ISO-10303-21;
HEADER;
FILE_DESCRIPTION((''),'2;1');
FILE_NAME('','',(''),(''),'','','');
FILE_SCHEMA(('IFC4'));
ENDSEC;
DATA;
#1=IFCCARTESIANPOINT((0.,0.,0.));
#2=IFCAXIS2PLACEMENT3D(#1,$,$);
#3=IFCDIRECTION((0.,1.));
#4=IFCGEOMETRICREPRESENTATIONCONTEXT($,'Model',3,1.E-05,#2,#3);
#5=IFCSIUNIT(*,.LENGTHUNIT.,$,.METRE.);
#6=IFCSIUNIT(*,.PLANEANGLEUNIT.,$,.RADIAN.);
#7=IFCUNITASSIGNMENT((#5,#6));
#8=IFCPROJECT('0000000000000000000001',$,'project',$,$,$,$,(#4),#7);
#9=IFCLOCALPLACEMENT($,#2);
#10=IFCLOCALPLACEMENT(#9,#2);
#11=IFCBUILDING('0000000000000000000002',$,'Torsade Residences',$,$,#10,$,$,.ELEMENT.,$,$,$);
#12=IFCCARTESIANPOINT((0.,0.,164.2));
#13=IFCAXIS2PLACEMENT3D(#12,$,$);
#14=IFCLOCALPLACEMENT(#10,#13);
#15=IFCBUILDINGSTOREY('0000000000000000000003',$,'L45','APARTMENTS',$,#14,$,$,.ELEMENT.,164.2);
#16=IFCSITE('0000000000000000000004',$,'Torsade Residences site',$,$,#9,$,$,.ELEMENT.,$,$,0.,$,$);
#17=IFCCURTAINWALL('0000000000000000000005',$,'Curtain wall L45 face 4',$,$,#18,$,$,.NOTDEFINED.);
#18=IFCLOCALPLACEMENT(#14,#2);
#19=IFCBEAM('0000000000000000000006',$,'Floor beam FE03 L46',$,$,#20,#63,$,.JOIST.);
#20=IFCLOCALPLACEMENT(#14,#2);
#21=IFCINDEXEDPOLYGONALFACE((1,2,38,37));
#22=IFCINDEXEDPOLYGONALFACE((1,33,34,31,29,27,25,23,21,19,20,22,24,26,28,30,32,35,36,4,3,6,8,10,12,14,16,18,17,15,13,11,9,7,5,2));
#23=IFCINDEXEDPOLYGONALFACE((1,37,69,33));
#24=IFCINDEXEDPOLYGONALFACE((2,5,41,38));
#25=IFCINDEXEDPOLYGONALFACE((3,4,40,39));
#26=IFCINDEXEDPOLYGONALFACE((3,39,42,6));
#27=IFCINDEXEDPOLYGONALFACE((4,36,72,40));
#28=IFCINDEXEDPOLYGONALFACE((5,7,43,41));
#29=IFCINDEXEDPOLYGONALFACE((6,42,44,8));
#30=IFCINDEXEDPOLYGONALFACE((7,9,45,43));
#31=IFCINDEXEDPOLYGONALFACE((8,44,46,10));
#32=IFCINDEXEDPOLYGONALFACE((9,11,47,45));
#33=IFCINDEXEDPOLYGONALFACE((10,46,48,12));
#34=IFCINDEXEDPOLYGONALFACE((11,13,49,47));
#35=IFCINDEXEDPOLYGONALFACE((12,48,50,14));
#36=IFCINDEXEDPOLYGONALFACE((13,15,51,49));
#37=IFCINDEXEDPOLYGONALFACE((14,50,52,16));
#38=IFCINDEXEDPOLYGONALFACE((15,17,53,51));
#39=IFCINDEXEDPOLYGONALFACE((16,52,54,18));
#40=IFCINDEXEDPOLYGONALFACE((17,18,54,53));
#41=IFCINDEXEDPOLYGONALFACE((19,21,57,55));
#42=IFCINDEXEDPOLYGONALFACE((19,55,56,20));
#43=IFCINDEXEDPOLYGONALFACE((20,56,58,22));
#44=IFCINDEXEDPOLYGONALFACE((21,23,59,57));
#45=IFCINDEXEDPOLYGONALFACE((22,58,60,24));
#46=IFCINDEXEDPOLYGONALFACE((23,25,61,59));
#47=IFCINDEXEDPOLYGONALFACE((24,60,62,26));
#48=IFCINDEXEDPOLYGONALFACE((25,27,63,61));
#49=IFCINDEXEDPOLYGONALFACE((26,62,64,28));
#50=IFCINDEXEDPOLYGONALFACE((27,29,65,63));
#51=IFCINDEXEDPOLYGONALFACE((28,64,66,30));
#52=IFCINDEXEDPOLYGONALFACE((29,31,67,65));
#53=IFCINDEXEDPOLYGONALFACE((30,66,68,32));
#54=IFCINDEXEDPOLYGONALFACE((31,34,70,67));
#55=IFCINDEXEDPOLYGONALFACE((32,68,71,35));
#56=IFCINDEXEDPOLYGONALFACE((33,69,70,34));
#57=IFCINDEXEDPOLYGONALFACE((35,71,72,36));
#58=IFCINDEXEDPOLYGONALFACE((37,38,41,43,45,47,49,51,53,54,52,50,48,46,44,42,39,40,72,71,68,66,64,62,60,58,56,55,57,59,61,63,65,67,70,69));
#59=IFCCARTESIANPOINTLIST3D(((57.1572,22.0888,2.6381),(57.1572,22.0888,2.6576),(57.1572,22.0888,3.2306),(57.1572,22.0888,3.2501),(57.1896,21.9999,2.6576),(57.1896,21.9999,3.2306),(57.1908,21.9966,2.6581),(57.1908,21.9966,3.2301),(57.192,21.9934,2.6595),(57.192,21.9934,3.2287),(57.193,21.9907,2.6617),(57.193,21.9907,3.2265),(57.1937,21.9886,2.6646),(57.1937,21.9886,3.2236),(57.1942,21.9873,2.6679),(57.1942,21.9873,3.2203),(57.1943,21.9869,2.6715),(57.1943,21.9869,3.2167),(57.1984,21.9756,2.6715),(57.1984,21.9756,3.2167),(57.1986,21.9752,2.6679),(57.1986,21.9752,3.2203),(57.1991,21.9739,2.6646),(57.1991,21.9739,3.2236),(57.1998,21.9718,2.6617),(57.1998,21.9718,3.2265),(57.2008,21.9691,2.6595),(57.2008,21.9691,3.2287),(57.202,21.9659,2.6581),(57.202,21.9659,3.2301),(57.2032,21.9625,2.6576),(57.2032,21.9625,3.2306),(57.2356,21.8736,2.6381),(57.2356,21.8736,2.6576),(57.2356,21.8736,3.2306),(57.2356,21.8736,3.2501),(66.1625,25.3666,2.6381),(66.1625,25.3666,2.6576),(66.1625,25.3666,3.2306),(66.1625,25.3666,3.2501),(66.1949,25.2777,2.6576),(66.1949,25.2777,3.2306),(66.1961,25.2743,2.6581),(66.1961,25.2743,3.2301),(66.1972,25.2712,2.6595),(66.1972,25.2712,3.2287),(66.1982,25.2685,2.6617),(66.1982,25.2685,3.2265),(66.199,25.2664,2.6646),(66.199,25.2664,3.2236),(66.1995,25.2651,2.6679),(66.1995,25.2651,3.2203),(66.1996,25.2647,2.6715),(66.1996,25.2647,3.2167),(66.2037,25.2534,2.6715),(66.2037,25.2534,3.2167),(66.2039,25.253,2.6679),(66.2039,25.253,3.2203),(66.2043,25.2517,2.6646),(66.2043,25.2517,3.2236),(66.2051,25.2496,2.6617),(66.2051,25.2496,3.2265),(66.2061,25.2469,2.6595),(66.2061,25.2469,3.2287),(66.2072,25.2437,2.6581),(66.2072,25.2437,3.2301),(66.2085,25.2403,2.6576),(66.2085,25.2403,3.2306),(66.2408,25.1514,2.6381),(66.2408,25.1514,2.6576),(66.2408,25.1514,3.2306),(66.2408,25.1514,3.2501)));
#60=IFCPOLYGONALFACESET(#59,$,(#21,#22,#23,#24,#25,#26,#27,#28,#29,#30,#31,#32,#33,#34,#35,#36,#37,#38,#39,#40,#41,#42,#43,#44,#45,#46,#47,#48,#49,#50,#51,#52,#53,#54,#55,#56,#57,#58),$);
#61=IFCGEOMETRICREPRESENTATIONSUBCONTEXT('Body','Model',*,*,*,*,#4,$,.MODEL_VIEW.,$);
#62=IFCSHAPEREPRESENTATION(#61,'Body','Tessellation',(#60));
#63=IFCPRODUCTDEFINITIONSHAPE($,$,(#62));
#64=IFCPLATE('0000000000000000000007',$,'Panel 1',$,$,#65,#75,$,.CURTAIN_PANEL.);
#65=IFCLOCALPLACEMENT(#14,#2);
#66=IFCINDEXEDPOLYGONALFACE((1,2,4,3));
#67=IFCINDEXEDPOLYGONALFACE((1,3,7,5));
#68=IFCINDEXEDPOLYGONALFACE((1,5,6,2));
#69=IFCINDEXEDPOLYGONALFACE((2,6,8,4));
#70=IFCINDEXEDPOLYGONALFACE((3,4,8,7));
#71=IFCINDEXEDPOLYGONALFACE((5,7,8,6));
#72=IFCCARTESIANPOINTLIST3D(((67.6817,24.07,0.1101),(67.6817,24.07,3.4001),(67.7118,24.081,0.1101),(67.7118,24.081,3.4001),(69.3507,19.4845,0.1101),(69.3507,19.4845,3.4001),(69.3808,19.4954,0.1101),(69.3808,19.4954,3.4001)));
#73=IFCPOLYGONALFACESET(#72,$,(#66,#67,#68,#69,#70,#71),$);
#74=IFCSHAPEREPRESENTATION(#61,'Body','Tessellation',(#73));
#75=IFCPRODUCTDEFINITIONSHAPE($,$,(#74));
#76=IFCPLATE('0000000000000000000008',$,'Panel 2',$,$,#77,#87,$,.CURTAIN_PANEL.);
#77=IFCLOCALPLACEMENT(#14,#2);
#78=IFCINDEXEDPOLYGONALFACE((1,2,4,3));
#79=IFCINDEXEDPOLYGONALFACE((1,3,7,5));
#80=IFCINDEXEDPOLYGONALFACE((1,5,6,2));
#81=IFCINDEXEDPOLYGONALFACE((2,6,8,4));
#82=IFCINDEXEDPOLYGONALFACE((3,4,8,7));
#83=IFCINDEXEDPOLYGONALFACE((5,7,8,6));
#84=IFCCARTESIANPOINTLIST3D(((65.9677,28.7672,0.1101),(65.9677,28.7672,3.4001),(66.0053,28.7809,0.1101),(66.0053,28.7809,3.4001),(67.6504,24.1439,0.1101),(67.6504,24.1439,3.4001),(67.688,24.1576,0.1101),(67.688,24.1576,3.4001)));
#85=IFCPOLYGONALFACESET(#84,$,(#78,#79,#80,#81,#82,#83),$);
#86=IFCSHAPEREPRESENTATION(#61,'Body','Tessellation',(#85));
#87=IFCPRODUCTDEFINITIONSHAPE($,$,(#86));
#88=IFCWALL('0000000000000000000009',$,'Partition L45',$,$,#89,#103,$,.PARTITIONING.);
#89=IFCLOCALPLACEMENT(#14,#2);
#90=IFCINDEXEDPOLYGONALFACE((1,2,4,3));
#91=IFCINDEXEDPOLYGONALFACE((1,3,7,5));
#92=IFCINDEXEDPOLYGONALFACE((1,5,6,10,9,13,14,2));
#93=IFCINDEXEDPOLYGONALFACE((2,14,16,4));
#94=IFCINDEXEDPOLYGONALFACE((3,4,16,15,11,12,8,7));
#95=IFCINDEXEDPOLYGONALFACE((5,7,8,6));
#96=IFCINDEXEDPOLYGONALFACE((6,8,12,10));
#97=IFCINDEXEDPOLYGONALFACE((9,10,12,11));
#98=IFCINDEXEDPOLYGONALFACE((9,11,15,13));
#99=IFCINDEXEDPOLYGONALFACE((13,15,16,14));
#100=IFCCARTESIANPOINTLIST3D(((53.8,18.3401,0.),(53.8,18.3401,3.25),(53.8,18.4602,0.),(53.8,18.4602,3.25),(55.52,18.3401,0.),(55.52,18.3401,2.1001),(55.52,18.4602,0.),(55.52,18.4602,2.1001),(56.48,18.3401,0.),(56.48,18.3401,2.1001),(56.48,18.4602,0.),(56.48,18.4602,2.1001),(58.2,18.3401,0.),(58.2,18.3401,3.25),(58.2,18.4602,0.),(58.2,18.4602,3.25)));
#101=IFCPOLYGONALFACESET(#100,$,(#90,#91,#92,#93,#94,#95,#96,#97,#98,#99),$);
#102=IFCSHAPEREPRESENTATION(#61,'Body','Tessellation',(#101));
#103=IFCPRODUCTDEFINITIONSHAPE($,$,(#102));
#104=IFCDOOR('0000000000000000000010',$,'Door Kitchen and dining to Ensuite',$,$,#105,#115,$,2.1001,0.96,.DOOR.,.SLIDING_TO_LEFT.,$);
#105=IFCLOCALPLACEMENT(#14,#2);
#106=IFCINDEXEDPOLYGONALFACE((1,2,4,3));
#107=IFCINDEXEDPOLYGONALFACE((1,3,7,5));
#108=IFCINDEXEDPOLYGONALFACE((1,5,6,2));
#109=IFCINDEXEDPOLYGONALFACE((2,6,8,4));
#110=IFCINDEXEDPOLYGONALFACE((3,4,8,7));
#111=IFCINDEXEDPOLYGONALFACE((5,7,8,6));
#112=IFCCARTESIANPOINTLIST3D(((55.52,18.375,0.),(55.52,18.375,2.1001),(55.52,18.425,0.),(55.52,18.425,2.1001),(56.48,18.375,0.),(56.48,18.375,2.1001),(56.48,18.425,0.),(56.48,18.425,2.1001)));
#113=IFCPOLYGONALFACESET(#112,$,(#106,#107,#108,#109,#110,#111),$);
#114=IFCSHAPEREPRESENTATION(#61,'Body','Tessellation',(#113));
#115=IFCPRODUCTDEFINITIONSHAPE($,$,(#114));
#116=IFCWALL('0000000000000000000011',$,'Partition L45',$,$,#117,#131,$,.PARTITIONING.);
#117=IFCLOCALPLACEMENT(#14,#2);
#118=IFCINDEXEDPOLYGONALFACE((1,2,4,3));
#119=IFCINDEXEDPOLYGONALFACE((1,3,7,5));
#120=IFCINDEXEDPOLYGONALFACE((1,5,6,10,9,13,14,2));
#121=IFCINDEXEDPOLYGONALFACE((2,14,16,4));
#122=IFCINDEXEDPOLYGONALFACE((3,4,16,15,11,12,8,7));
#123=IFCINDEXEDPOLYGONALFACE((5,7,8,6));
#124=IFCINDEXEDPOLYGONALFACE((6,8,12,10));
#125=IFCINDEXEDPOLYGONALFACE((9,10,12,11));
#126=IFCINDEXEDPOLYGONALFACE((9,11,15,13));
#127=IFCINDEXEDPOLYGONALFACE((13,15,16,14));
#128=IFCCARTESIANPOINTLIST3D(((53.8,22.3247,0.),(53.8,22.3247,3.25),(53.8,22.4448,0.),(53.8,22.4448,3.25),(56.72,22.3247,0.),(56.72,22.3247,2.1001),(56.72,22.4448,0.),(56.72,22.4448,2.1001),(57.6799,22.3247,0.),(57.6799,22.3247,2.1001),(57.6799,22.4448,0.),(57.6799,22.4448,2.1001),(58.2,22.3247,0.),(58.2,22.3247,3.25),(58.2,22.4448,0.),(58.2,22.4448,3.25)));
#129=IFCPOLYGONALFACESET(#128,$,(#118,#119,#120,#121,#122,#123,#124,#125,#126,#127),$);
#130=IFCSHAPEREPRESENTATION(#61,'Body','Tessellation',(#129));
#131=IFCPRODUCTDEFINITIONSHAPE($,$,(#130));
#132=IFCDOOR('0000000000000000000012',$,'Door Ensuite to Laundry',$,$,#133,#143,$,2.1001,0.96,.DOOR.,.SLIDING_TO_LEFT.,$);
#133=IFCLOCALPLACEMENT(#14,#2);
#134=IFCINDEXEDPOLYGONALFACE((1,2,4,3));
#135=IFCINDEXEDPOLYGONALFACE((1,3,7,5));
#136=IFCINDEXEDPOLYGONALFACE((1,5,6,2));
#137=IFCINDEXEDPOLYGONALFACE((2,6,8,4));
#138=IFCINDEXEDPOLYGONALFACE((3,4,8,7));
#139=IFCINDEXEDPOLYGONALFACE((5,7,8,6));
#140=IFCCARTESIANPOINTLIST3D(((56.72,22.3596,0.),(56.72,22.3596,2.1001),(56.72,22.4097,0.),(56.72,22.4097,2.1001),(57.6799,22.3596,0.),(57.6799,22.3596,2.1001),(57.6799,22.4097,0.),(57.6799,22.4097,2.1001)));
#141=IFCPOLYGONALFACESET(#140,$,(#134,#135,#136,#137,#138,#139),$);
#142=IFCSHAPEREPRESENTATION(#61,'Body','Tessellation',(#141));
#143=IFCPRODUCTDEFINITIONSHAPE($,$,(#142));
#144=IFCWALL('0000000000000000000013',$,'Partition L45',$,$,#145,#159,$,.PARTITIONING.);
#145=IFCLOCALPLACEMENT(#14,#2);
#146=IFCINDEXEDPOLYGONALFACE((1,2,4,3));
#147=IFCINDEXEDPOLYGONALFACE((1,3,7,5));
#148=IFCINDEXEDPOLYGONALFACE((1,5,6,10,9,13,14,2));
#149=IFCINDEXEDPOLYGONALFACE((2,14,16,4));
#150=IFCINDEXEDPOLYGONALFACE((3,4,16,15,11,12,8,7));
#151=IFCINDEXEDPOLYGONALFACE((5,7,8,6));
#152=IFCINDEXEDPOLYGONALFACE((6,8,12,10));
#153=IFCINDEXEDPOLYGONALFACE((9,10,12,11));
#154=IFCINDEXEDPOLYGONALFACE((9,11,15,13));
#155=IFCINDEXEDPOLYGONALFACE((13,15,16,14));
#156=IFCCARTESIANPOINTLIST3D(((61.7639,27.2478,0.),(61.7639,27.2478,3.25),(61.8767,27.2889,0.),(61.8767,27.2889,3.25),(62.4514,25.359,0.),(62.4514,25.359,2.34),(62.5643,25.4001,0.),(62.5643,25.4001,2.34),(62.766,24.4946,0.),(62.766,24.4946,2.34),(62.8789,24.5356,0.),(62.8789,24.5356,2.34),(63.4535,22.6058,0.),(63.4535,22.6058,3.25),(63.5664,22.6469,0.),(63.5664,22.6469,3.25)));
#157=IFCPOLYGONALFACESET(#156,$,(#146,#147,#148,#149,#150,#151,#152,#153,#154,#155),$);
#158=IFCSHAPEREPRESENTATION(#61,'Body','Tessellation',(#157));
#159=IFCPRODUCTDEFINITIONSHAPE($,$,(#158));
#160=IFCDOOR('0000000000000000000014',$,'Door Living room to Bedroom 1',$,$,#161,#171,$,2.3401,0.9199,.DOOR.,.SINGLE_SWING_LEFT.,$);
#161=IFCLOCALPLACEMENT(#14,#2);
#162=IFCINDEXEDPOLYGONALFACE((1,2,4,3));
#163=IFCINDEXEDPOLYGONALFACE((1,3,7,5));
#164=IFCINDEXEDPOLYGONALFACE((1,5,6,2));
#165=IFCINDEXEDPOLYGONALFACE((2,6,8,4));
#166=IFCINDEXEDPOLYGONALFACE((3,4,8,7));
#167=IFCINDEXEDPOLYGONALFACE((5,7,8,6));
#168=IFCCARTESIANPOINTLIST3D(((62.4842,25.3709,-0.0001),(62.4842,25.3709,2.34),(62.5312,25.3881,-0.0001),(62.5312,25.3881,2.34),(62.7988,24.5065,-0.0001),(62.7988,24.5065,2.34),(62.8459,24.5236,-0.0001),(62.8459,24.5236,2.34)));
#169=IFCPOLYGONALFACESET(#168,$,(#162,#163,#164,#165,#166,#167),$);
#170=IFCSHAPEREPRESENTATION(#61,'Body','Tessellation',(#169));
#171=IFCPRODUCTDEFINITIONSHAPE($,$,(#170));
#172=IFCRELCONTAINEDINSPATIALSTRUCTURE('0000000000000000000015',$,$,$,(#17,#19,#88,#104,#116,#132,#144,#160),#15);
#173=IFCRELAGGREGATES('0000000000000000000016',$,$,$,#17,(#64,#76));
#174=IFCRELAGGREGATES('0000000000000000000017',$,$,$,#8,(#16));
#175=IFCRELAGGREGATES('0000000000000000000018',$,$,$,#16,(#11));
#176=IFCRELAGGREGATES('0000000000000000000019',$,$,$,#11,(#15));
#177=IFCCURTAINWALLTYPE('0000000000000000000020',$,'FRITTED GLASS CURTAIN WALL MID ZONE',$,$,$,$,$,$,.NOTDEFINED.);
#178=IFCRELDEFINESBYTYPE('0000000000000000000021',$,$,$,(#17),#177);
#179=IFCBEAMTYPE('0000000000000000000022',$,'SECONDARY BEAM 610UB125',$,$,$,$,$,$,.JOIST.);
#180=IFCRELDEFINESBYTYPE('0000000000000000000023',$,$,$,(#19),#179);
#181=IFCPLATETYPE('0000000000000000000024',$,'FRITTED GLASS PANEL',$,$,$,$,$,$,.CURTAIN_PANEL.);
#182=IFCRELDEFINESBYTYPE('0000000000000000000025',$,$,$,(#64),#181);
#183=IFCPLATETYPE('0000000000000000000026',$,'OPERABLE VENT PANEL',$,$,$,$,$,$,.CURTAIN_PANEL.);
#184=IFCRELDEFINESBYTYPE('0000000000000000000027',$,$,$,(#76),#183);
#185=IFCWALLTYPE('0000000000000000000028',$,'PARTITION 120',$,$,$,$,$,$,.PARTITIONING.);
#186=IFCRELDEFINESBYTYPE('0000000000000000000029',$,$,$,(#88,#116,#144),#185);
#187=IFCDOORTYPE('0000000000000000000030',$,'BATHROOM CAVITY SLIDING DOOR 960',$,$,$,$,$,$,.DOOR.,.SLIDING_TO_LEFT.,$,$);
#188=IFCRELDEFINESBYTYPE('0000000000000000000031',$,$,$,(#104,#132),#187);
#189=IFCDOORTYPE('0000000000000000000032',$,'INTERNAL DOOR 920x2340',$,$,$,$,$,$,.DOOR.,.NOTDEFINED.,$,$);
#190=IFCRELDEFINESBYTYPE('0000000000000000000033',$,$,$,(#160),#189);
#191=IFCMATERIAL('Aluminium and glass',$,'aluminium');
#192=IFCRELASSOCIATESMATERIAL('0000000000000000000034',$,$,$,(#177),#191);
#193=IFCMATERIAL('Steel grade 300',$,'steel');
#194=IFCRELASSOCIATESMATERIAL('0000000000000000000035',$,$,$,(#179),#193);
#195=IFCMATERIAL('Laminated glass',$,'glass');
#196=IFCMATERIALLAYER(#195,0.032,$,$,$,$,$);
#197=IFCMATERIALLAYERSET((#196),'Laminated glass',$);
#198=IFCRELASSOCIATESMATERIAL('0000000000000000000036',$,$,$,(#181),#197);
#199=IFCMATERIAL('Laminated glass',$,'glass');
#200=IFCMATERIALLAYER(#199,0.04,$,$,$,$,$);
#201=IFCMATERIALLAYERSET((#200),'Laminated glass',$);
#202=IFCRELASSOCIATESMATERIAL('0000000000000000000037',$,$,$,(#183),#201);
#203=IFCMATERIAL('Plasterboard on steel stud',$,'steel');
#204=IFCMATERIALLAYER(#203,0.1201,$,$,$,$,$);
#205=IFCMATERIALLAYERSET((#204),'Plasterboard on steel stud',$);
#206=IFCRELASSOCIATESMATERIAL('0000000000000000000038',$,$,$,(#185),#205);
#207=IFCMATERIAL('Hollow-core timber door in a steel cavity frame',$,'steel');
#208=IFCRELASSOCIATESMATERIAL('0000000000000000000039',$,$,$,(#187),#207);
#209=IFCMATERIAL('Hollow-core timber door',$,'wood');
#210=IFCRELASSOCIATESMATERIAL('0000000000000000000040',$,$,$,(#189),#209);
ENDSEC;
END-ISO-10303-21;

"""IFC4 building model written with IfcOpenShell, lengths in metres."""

from ifc_helpers import new_model, si_unit, direction, frame, frame_2d, origin, origin_2d, place, context, subcontext, project, spatial, rectangle, i_section, extrude, material, layer, layer_set, material_profile, profile_set, type_object, element, fill, aggregate, save


model = new_model("IFC4")

# Units and contexts
model_context = context("Model", 3, precision=1e-05, world=origin(), true_north=direction((0.0, 1.0)))
body_context = subcontext(model_context, "Body", "Model", "MODEL_VIEW")
ifc_project = project(units=[si_unit("LENGTHUNIT", "METRE"), si_unit("PLANEANGLEUNIT", "RADIAN")], contexts=[model_context])

# Site, building, storey
site_placement = place(None, origin())
site = spatial("IfcSite", under=ifc_project, at=site_placement, Name="Torsade Residences site", CompositionType="ELEMENT", RefElevation=0.0)
building_placement = place(site_placement, origin())
building = spatial("IfcBuilding", under=site, at=building_placement, Name="Torsade Residences", CompositionType="ELEMENT")
storey_placement = place(building_placement, frame((0.0, 0.0, 164.2)))
storey = spatial("IfcBuildingStorey", under=building, at=storey_placement, Name="L45", Description="APARTMENTS", CompositionType="ELEMENT", Elevation=164.2)

# Curtain wall
ifc_material_1 = material(Name="Aluminium and glass", Category="aluminium")
curtain_wall_type = type_object("IfcCurtainWallType", Name="FRITTED GLASS CURTAIN WALL MID ZONE", PredefinedType="NOTDEFINED", material=ifc_material_1)
curtain_wall_placement = place(storey_placement, origin())
curtain_wall = element("IfcCurtainWall", 1, at=curtain_wall_placement, inside=storey, type_object=curtain_wall_type, Name="Curtain wall L45 face 4", PredefinedType="NOTDEFINED")

# Beam
ifc_material_2 = material(Name="Steel grade 300", Category="steel")
ifc_material_profile_1 = material_profile(ifc_material_2, i_section(OverallWidth=0.229, OverallDepth=0.6121, WebThickness=0.012, FlangeThickness=0.0195, FilletRadius=0.0139, at=origin_2d()), Name="610UB125")
ifc_profile_set_1 = profile_set([ifc_material_profile_1], Name="Steel grade 300")
beam_type_1 = type_object("IfcBeamType", Name="SECONDARY BEAM 610UB125", PredefinedType="JOIST", material=ifc_profile_set_1)
beam_1_placement = place(storey_placement, frame((66.2017, 25.259, 2.9441), z_axis=(-0.939688, -0.342034, 0.0), x_axis=(0.342034, -0.939688, 0.0)))
element("IfcBeam", 2, at=beam_1_placement, inside=storey, type_object=beam_type_1, Name="Floor beam FE03 L46", PredefinedType="JOIST", context=body_context, shape_type="SweptSolid", body=[
    extrude(i_section(OverallWidth=0.229, OverallDepth=0.6121, WebThickness=0.012, FlangeThickness=0.0195, FilletRadius=0.0139, at=origin_2d()), origin(), (0.0, 0.0, 1.0), 9.5833),
])

# Plates
ifc_material_3 = material(Name="Laminated glass", Category="glass")
ifc_layer_1 = layer(ifc_material_3, 0.032)
ifc_layer_set_1 = layer_set([ifc_layer_1], Name="Laminated glass")
plate_type_1 = type_object("IfcPlateType", Name="FRITTED GLASS PANEL", PredefinedType="CURTAIN_PANEL", material=ifc_layer_set_1)
plate_1_placement = place(storey_placement, frame((68.5312, 21.7827, 0.1101), z_axis=(0.0, 0.0, 1.0), x_axis=(-0.34202, 0.939693, 0.0)))
plate_1 = element("IfcPlate", 3, at=plate_1_placement, type_object=plate_type_1, Name="Panel 1", PredefinedType="CURTAIN_PANEL", context=body_context, shape_type="SweptSolid", body=[
    extrude(rectangle(XDim=4.8799, YDim=0.032, at=origin_2d()), origin(), (0.0, 0.0, 1.0), 3.29),
])
ifc_material_4 = material(Name="Laminated glass", Category="glass")
ifc_layer_2 = layer(ifc_material_4, 0.04)
ifc_layer_set_2 = layer_set([ifc_layer_2], Name="Laminated glass")
plate_type_2 = type_object("IfcPlateType", Name="OPERABLE VENT PANEL", PredefinedType="CURTAIN_PANEL", material=ifc_layer_set_2)
plate_2_placement = place(storey_placement, frame((66.8279, 26.4624, 0.1101), z_axis=(0.0, 0.0, 1.0), x_axis=(-0.34202, 0.939693, 0.0)))
plate_2 = element("IfcPlate", 4, at=plate_2_placement, type_object=plate_type_2, Name="Panel 2", PredefinedType="CURTAIN_PANEL", context=body_context, shape_type="SweptSolid", body=[
    extrude(rectangle(XDim=4.9199, YDim=0.04, at=origin_2d()), origin(), (0.0, 0.0, 1.0), 3.29),
])
aggregate(curtain_wall, [plate_1, plate_2])

# Walls, openings, doors
ifc_material_5 = material(Name="Plasterboard on steel stud", Category="steel")
ifc_layer_3 = layer(ifc_material_5, 0.1201)
ifc_layer_set_3 = layer_set([ifc_layer_3], Name="Plasterboard on steel stud")
wall_type_1 = type_object("IfcWallType", Name="PARTITION 120", PredefinedType="PARTITIONING", material=ifc_layer_set_3)
wall_1_placement = place(storey_placement, frame((53.8, 18.4001, 0.0), z_axis=(0.0, 0.0, 1.0), x_axis=(1.0, 0.0, 0.0)))
wall_1 = element("IfcWall", 5, at=wall_1_placement, inside=storey, type_object=wall_type_1, Name="Partition L45", PredefinedType="PARTITIONING", context=body_context, shape_type="SweptSolid", body=[
    extrude(rectangle(XDim=4.3999, YDim=0.1201, at=frame_2d((2.2, 0.0))), origin(), (0.0, 0.0, 1.0), 3.25),
])
opening_1_placement = place(wall_1_placement, frame((1.72, 0.0, 0.0)))
opening_1 = element("IfcOpeningElement", 6, at=opening_1_placement, cuts=wall_1, PredefinedType="OPENING", context=body_context, shape_type="SweptSolid", body=[
    extrude(rectangle(XDim=0.96, YDim=2.1001, at=frame_2d((0.48, 1.05))), frame((0.0, 0.0701, 0.0), z_axis=(0.0, -1.0, 0.0), x_axis=(1.0, 0.0, 0.0)), (0.0, 0.0, 1.0), 0.1401),
])
ifc_material_6 = material(Name="Hollow-core timber door in a steel cavity frame", Category="steel")
door_type_1 = type_object("IfcDoorType", Name="BATHROOM CAVITY SLIDING DOOR 960", OperationType="SLIDING_TO_LEFT", PredefinedType="DOOR", material=ifc_material_6)
door_1_placement = place(opening_1_placement, origin())
door_1 = element("IfcDoor", 7, at=door_1_placement, inside=storey, type_object=door_type_1, Name="Door Kitchen and dining to Ensuite", OperationType="SLIDING_TO_LEFT", OverallHeight=2.1001, OverallWidth=0.96, PredefinedType="DOOR", context=body_context, shape_type="SweptSolid", body=[
    extrude(rectangle(XDim=0.96, YDim=2.1001, at=frame_2d((0.48, 1.05))), frame((0.0, 0.0249, 0.0), z_axis=(0.0, -1.0, 0.0), x_axis=(1.0, 0.0, 0.0)), (0.0, 0.0, 1.0), 0.05),
])
fill(opening_1, door_1)
wall_2_placement = place(storey_placement, frame((53.8, 22.3848, 0.0), z_axis=(0.0, 0.0, 1.0), x_axis=(1.0, 0.0, 0.0)))
wall_2 = element("IfcWall", 8, at=wall_2_placement, inside=storey, type_object=wall_type_1, Name="Partition L45", PredefinedType="PARTITIONING", context=body_context, shape_type="SweptSolid", body=[
    extrude(rectangle(XDim=4.3999, YDim=0.1201, at=frame_2d((2.2, 0.0))), origin(), (0.0, 0.0, 1.0), 3.25),
])
opening_2_placement = place(wall_2_placement, frame((2.9199, 0.0, 0.0)))
opening_2 = element("IfcOpeningElement", 9, at=opening_2_placement, cuts=wall_2, PredefinedType="OPENING", context=body_context, shape_type="SweptSolid", body=[
    extrude(rectangle(XDim=0.96, YDim=2.1001, at=frame_2d((0.48, 1.05))), frame((0.0, 0.0701, 0.0), z_axis=(0.0, -1.0, 0.0), x_axis=(1.0, 0.0, 0.0)), (0.0, 0.0, 1.0), 0.1401),
])
door_2_placement = place(opening_2_placement, origin())
door_2 = element("IfcDoor", 10, at=door_2_placement, inside=storey, type_object=door_type_1, Name="Door Ensuite to Laundry", OperationType="SLIDING_TO_LEFT", OverallHeight=2.1001, OverallWidth=0.96, PredefinedType="DOOR", context=body_context, shape_type="SweptSolid", body=[
    extrude(rectangle(XDim=0.96, YDim=2.1001, at=frame_2d((0.48, 1.05))), frame((0.0, 0.0249, 0.0), z_axis=(0.0, -1.0, 0.0), x_axis=(1.0, 0.0, 0.0)), (0.0, 0.0, 1.0), 0.05),
])
fill(opening_2, door_2)
wall_3_placement = place(storey_placement, frame((61.8203, 27.2683, 0.0), z_axis=(0.0, 0.0, 1.0), x_axis=(0.342041, -0.939685, 0.0)))
wall_3 = element("IfcWall", 11, at=wall_3_placement, inside=storey, type_object=wall_type_1, Name="Partition L45", PredefinedType="PARTITIONING", context=body_context, shape_type="SweptSolid", body=[
    extrude(rectangle(XDim=4.9399, YDim=0.1201, at=frame_2d((2.47, 0.0))), origin(), (0.0, 0.0, 1.0), 3.25),
])
opening_3_placement = place(wall_3_placement, frame((2.01, 0.0, 0.0)))
opening_3 = element("IfcOpeningElement", 12, at=opening_3_placement, cuts=wall_3, PredefinedType="OPENING", context=body_context, shape_type="SweptSolid", body=[
    extrude(rectangle(XDim=0.9199, YDim=2.3401, at=frame_2d((0.46, 1.1699))), frame((0.0, 0.0701, 0.0), z_axis=(0.0, -1.0, 0.0), x_axis=(1.0, 0.0, 0.0)), (0.0, 0.0, 1.0), 0.1401),
])
ifc_material_7 = material(Name="Hollow-core timber door", Category="wood")
door_type_2 = type_object("IfcDoorType", Name="INTERNAL DOOR 920x2340", OperationType="NOTDEFINED", PredefinedType="DOOR", material=ifc_material_7)
door_3_placement = place(opening_3_placement, origin())
door_3 = element("IfcDoor", 13, at=door_3_placement, inside=storey, type_object=door_type_2, Name="Door Living room to Bedroom 1", OperationType="SINGLE_SWING_LEFT", OverallHeight=2.3401, OverallWidth=0.9199, PredefinedType="DOOR", context=body_context, shape_type="SweptSolid", body=[
    extrude(rectangle(XDim=0.9199, YDim=2.3401, at=frame_2d((0.46, 1.1699))), frame((0.0, 0.0249, 0.0), z_axis=(0.0, -1.0, 0.0), x_axis=(1.0, 0.0, 0.0)), (0.0, 0.0, 1.0), 0.05),
])
fill(opening_3, door_3)

save(model, "model.ifc")
